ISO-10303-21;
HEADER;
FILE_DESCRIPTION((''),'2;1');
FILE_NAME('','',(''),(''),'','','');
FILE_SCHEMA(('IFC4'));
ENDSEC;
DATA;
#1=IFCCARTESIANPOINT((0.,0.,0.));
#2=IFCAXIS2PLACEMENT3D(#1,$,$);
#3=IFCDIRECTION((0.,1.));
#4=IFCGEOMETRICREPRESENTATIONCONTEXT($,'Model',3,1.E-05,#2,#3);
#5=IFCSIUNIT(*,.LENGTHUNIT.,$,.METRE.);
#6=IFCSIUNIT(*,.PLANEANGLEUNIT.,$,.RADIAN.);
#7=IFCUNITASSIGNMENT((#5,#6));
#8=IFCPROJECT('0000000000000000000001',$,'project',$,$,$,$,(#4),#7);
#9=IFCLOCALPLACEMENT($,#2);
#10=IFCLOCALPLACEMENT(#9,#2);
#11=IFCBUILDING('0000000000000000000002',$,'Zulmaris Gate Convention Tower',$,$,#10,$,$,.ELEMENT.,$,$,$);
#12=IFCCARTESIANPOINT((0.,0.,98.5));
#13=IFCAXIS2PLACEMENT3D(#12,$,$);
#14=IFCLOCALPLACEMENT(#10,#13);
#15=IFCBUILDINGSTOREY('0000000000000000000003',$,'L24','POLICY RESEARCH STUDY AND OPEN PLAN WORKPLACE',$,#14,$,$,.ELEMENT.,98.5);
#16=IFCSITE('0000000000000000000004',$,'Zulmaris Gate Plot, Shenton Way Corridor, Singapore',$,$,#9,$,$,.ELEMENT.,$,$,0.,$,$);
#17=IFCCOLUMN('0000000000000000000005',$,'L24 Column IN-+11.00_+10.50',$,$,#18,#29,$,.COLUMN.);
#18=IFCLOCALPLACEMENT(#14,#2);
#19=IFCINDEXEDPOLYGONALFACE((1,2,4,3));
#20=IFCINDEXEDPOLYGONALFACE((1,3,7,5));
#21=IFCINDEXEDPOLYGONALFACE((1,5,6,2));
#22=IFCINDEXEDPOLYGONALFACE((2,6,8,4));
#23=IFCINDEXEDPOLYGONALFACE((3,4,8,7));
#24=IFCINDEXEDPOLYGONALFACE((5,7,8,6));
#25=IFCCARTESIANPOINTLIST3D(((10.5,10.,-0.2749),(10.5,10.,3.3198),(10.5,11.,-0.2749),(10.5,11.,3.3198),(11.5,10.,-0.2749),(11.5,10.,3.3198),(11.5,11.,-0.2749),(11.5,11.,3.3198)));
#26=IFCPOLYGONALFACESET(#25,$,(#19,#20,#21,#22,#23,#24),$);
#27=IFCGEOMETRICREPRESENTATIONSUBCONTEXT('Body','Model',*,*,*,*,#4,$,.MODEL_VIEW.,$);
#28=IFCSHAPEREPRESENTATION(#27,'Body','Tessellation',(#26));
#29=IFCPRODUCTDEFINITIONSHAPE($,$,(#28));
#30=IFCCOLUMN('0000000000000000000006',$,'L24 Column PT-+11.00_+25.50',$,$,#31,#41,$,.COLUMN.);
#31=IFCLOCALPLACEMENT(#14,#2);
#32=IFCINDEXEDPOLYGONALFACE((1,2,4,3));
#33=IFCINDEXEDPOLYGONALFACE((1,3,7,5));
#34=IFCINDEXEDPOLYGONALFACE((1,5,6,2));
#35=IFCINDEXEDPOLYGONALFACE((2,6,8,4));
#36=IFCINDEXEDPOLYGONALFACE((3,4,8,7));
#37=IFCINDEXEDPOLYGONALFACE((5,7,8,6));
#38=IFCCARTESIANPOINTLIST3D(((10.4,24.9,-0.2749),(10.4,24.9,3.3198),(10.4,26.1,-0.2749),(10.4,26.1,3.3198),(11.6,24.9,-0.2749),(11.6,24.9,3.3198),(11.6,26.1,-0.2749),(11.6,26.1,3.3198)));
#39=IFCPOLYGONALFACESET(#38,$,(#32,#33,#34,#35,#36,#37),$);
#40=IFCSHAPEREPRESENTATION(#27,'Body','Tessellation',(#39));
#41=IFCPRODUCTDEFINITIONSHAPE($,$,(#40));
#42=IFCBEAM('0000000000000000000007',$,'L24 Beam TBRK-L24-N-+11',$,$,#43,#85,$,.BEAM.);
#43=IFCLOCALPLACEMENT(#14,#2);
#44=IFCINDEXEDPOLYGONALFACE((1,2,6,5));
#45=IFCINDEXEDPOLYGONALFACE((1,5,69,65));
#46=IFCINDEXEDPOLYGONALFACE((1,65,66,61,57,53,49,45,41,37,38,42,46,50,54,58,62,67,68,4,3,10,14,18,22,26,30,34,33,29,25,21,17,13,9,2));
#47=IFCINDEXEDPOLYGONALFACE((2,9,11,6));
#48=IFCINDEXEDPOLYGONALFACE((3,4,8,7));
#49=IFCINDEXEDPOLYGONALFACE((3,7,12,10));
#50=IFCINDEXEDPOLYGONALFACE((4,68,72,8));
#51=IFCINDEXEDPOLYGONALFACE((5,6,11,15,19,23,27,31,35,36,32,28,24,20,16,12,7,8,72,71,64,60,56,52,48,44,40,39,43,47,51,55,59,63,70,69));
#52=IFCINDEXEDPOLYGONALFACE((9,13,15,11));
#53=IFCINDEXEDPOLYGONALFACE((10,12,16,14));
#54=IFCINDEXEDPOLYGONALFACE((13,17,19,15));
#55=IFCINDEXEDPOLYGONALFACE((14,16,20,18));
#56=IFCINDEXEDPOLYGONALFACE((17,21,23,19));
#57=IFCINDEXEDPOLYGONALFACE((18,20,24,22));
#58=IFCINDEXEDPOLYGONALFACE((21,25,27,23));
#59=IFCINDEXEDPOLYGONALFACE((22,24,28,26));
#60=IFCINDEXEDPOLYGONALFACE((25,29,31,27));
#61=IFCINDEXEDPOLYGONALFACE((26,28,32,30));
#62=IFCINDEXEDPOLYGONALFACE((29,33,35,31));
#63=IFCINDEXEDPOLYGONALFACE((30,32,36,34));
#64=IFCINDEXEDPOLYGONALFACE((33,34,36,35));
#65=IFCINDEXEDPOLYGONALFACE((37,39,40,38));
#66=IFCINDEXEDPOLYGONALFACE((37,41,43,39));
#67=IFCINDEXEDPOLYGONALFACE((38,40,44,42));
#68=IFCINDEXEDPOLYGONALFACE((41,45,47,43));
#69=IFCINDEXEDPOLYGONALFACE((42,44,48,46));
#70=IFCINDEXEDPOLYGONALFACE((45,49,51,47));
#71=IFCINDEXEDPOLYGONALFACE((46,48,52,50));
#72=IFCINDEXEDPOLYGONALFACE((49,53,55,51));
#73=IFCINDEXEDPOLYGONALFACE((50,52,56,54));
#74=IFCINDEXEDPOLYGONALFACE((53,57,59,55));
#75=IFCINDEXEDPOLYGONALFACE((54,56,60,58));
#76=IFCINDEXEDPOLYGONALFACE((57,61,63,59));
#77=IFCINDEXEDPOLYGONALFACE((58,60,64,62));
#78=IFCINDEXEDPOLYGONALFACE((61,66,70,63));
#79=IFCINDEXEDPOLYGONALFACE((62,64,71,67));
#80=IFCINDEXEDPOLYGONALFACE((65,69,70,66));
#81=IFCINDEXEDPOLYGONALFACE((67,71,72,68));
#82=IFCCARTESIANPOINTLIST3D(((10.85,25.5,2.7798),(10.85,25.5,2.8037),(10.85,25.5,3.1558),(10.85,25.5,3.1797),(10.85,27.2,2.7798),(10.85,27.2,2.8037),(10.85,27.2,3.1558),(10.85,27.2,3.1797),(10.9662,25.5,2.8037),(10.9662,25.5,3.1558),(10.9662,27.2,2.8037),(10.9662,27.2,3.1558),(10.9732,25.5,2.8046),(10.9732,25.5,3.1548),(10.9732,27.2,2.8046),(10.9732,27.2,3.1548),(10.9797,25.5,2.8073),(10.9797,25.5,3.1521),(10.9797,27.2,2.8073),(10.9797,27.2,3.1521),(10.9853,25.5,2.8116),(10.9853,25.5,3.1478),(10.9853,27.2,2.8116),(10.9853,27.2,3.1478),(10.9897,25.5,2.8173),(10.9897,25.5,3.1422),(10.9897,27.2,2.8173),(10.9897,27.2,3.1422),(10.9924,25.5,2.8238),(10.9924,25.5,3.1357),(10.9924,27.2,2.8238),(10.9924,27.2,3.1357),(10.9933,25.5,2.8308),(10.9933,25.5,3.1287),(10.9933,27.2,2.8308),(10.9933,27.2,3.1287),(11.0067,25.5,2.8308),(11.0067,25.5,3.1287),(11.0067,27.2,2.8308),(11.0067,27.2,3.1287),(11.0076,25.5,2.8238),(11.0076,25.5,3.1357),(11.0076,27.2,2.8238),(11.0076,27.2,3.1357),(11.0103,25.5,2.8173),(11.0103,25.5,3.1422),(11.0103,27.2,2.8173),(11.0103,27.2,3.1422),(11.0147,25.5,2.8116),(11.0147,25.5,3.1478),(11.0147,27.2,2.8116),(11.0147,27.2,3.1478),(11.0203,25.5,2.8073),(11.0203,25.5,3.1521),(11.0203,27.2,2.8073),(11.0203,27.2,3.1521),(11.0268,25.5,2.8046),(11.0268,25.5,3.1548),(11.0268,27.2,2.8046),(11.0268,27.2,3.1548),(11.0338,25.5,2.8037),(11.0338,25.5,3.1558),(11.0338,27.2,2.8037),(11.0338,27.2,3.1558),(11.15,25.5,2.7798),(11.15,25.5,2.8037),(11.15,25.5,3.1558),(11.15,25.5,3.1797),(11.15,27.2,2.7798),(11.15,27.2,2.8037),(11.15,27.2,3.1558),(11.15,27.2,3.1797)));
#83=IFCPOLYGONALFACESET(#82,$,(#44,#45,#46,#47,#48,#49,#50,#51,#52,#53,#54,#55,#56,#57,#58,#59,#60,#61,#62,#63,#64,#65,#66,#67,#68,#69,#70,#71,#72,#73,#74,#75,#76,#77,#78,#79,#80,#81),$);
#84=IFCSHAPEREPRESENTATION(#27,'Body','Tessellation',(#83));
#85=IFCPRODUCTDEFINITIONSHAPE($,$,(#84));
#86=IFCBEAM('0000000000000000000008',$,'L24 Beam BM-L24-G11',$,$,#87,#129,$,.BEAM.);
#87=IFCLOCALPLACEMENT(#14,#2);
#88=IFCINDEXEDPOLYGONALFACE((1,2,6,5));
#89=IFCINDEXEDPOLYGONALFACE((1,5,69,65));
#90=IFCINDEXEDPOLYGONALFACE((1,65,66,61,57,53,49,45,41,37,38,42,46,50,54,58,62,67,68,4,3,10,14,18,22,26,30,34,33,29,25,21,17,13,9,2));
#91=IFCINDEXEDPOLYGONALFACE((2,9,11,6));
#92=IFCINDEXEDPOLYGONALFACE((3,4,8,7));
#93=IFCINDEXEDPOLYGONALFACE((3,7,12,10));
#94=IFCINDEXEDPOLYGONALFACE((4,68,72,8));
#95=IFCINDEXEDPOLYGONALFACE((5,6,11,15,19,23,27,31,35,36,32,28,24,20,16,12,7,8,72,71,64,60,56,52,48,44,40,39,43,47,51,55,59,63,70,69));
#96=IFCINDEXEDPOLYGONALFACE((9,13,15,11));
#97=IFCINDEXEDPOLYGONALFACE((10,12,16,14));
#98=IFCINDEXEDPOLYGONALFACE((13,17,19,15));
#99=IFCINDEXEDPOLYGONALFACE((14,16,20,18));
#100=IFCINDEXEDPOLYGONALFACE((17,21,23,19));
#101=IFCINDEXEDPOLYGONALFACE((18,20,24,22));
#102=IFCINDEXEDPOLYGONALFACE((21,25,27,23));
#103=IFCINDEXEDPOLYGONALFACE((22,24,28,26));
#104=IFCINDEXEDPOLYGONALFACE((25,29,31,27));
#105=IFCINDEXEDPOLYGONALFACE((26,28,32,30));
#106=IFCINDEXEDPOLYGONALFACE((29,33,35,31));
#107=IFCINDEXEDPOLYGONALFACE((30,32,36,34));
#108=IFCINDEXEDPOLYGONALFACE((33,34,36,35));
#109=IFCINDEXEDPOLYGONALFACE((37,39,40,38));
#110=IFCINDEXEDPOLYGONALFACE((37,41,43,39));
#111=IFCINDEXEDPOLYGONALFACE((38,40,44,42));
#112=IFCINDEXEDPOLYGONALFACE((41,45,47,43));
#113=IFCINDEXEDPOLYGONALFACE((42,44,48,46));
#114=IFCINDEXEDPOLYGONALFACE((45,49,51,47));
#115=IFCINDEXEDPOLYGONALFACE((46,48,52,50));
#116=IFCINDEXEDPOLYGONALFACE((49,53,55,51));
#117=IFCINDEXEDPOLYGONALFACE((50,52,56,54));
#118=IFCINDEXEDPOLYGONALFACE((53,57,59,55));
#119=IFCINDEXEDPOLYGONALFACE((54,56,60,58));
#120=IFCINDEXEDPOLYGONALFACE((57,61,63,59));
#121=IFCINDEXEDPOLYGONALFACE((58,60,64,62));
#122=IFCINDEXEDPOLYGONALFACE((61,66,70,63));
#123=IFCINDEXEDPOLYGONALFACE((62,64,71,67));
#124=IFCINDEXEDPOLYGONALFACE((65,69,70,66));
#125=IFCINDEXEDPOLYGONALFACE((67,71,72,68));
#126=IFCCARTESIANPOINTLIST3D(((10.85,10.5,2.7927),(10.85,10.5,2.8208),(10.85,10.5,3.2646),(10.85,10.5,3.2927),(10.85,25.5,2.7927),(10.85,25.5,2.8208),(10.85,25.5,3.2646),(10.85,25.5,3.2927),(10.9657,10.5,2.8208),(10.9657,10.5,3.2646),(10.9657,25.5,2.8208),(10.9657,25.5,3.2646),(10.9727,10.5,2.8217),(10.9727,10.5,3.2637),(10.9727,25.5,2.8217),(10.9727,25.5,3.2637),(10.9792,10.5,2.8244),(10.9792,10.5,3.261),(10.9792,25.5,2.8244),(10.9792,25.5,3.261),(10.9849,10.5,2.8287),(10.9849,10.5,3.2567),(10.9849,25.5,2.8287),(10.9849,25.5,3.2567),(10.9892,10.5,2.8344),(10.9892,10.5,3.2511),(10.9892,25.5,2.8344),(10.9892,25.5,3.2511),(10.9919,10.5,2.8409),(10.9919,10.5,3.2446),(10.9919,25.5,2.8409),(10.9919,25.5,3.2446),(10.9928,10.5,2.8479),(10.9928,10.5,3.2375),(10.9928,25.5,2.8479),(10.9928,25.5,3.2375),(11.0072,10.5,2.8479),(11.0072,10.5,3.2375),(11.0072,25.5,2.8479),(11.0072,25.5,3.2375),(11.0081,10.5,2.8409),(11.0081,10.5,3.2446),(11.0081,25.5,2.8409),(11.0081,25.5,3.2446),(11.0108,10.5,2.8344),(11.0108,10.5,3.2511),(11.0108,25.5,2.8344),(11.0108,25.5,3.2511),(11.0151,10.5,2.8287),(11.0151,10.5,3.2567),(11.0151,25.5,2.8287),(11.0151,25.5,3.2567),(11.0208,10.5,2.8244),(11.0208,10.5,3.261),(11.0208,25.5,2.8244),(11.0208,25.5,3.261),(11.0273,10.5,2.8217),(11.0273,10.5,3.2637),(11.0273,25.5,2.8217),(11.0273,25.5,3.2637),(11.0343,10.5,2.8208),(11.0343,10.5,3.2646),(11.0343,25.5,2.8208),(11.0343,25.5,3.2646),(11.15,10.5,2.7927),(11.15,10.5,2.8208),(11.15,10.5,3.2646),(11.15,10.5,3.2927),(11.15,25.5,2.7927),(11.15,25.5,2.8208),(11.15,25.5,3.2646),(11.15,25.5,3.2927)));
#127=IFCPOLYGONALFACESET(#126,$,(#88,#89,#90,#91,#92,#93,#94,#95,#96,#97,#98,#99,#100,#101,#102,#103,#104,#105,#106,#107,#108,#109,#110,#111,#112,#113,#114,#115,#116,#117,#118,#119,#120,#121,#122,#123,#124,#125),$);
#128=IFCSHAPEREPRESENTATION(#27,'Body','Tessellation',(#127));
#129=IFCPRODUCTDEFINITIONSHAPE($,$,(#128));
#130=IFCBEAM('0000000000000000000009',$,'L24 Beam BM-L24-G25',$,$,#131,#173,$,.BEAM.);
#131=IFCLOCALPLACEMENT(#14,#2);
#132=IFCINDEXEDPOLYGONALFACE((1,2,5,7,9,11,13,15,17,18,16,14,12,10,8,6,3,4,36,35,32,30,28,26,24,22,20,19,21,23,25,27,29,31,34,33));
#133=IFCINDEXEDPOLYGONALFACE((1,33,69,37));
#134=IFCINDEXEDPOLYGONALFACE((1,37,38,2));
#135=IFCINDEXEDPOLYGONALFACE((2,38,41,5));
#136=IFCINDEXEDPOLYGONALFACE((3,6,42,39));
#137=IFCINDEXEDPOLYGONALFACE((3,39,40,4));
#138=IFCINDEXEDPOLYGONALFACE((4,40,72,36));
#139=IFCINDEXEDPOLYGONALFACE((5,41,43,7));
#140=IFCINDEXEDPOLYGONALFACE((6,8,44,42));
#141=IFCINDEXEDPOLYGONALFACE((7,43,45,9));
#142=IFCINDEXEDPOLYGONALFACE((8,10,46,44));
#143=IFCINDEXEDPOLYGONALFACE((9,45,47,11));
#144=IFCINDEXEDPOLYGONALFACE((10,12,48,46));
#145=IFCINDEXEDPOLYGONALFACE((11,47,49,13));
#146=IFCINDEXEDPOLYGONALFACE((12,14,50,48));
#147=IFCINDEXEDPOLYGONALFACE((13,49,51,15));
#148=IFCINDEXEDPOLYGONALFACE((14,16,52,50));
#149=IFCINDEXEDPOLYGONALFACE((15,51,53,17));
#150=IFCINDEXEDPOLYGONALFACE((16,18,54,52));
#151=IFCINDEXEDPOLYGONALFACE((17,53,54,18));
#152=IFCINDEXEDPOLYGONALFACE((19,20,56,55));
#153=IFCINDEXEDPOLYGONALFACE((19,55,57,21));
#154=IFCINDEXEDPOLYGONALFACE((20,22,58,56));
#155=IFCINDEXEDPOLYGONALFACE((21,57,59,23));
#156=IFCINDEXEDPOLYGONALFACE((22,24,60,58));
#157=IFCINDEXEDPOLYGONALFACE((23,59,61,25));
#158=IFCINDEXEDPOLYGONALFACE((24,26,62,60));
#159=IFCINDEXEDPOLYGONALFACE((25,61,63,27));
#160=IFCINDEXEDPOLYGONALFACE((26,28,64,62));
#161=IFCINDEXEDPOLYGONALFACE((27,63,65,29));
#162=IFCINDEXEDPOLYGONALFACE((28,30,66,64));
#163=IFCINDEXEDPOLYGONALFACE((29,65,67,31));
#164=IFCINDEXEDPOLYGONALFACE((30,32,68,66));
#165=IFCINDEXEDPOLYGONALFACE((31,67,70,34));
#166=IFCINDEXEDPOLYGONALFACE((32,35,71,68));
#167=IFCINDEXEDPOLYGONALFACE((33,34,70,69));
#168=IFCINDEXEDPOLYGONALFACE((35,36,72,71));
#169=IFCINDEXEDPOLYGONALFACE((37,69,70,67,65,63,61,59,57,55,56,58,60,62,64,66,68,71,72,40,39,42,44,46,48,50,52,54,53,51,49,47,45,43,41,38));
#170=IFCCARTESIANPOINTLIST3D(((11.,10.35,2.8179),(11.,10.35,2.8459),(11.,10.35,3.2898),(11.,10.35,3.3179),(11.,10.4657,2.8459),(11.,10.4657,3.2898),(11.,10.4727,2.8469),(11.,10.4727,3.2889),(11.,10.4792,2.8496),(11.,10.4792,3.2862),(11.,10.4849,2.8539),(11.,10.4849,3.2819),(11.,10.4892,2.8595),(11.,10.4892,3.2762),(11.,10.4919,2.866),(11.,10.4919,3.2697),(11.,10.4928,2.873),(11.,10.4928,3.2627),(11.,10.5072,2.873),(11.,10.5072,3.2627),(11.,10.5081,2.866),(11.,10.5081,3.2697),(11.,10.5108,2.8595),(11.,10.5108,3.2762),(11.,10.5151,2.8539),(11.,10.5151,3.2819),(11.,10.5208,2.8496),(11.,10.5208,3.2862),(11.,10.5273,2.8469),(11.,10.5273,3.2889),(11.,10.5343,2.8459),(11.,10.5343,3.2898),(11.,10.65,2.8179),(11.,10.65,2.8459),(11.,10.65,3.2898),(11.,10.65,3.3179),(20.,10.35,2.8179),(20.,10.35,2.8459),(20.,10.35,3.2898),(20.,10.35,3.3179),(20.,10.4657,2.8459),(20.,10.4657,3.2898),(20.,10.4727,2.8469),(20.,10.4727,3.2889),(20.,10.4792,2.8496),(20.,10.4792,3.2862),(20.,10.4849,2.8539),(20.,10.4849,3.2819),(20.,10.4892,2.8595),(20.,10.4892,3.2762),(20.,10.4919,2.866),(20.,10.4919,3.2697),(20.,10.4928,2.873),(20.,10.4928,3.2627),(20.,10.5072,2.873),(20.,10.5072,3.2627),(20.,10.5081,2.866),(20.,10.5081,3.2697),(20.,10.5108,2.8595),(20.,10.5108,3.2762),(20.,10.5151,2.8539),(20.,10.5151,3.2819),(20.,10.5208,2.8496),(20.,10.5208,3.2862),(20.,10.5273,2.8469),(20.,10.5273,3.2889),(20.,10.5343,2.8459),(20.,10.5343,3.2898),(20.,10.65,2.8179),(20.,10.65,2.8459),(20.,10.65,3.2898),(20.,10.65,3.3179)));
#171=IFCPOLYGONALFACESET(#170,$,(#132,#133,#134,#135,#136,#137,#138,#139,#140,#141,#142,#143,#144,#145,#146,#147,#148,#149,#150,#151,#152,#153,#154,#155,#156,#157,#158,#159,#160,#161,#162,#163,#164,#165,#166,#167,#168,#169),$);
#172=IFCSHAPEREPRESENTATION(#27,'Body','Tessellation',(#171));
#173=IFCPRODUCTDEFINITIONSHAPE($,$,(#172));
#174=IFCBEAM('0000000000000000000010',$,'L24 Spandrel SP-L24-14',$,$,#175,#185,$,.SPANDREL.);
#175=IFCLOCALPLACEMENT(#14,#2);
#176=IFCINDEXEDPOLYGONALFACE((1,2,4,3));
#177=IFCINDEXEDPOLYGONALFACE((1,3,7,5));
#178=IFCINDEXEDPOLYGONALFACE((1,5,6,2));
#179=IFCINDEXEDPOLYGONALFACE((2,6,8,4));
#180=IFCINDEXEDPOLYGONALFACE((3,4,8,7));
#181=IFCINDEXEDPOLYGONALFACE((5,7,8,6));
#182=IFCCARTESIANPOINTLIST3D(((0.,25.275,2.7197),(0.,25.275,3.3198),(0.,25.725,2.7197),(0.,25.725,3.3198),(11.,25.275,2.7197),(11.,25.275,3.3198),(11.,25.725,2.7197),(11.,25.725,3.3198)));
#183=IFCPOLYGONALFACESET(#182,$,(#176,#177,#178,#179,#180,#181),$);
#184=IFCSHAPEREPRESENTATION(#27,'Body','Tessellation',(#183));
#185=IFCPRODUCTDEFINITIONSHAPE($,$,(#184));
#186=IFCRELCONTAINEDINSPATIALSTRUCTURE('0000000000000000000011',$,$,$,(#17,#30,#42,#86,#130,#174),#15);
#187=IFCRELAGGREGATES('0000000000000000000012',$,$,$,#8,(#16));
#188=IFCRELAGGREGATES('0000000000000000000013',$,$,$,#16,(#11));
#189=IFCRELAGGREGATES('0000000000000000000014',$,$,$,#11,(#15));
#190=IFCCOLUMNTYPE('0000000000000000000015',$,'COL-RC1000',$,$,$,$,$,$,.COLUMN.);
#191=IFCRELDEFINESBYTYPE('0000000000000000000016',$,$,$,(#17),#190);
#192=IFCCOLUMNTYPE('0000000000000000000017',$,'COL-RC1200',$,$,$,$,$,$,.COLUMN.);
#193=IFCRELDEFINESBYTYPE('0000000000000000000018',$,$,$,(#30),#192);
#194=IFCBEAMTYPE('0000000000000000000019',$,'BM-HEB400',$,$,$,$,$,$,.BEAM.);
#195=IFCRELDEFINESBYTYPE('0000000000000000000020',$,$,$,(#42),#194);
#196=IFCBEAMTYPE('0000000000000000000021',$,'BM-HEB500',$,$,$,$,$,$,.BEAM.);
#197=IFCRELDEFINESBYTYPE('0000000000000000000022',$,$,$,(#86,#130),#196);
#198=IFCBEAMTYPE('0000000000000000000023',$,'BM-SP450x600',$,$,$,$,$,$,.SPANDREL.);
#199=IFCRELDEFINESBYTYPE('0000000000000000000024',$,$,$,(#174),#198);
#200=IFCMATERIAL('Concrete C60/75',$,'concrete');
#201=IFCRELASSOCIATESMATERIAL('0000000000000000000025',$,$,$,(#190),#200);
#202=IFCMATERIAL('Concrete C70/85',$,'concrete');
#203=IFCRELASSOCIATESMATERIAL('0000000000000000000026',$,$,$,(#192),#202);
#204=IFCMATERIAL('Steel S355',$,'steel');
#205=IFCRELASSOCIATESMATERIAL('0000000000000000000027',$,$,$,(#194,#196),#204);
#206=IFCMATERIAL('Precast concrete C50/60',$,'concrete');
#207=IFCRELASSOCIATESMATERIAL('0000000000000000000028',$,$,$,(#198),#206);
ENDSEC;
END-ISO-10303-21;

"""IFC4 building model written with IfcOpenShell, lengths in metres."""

from ifc_helpers import new_model, si_unit, direction, frame, origin, origin_2d, place, context, subcontext, project, spatial, rectangle, i_section, extrude, material, material_profile, profile_set, type_object, element, save


model = new_model("IFC4")

# Units and contexts
model_context = context("Model", 3, precision=1e-05, world=origin(), true_north=direction((0.0, 1.0)))
body_context = subcontext(model_context, "Body", "Model", "MODEL_VIEW")
ifc_project = project(units=[si_unit("LENGTHUNIT", "METRE"), si_unit("PLANEANGLEUNIT", "RADIAN")], contexts=[model_context])

# Site, building, storey
site_placement = place(None, origin())
site = spatial("IfcSite", under=ifc_project, at=site_placement, Name="Zulmaris Gate Plot, Shenton Way Corridor, Singapore", CompositionType="ELEMENT", RefElevation=0.0)
building_placement = place(site_placement, origin())
building = spatial("IfcBuilding", under=site, at=building_placement, Name="Zulmaris Gate Convention Tower", CompositionType="ELEMENT")
storey_placement = place(building_placement, frame((0.0, 0.0, 98.5)))
storey = spatial("IfcBuildingStorey", under=building, at=storey_placement, Name="L24", Description="POLICY RESEARCH STUDY AND OPEN PLAN WORKPLACE", CompositionType="ELEMENT", Elevation=98.5)

# Columns
ifc_material_1 = material(Name="Concrete C60/75", Category="concrete")
ifc_material_profile_1 = material_profile(ifc_material_1, rectangle(XDim=1.0, YDim=1.0, at=origin_2d()), Name="RC COL 1000x1000")
ifc_profile_set_1 = profile_set([ifc_material_profile_1], Name="Concrete C60/75")
column_type_1 = type_object("IfcColumnType", Name="COL-RC1000", PredefinedType="COLUMN", material=ifc_profile_set_1)
column_1_placement = place(storey_placement, frame((11.0, 10.5, -0.2749), z_axis=(0.0, 0.0, 1.0), x_axis=(1.0, 0.0, 0.0)))
element("IfcColumn", 1, at=column_1_placement, inside=storey, type_object=column_type_1, Name="L24 Column IN-+11.00_+10.50", PredefinedType="COLUMN", context=body_context, shape_type="SweptSolid", body=[
    extrude(rectangle(XDim=1.0, YDim=1.0, at=origin_2d()), origin(), (0.0, 0.0, 1.0), 3.5947),
])
ifc_material_2 = material(Name="Concrete C70/85", Category="concrete")
ifc_material_profile_2 = material_profile(ifc_material_2, rectangle(XDim=1.2, YDim=1.2, at=origin_2d()), Name="RC COL 1200x1200")
ifc_profile_set_2 = profile_set([ifc_material_profile_2], Name="Concrete C70/85")
column_type_2 = type_object("IfcColumnType", Name="COL-RC1200", PredefinedType="COLUMN", material=ifc_profile_set_2)
column_2_placement = place(storey_placement, frame((11.0, 25.5, -0.2749), z_axis=(0.0, 0.0, 1.0), x_axis=(1.0, 0.0, 0.0)))
element("IfcColumn", 2, at=column_2_placement, inside=storey, type_object=column_type_2, Name="L24 Column PT-+11.00_+25.50", PredefinedType="COLUMN", context=body_context, shape_type="SweptSolid", body=[
    extrude(rectangle(XDim=1.2, YDim=1.2, at=origin_2d()), origin(), (0.0, 0.0, 1.0), 3.5947),
])

# Beams
ifc_material_3 = material(Name="Steel S355", Category="steel")
ifc_material_profile_3 = material_profile(ifc_material_3, i_section(OverallWidth=0.3, OverallDepth=0.3999, WebThickness=0.0134, FlangeThickness=0.0239, FilletRadius=0.0271, at=origin_2d()), Name="HEB 400")
ifc_profile_set_3 = profile_set([ifc_material_profile_3], Name="Steel S355")
beam_type_1 = type_object("IfcBeamType", Name="BM-HEB400", PredefinedType="BEAM", material=ifc_profile_set_3)
beam_1_placement = place(storey_placement, frame((11.0, 25.5, 2.9797), z_axis=(0.0, 1.0, 0.0), x_axis=(-1.0, 0.0, 0.0)))
element("IfcBeam", 3, at=beam_1_placement, inside=storey, type_object=beam_type_1, Name="L24 Beam TBRK-L24-N-+11", PredefinedType="BEAM", context=body_context, shape_type="SweptSolid", body=[
    extrude(i_section(OverallWidth=0.3, OverallDepth=0.3999, WebThickness=0.0134, FlangeThickness=0.0239, FilletRadius=0.0271, at=origin_2d()), origin(), (0.0, 0.0, 1.0), 1.7),
])
ifc_material_profile_4 = material_profile(ifc_material_3, i_section(OverallWidth=0.3, OverallDepth=0.5, WebThickness=0.0144, FlangeThickness=0.0281, FilletRadius=0.0271, at=origin_2d()), Name="HEB 500")
ifc_profile_set_4 = profile_set([ifc_material_profile_4], Name="Steel S355")
beam_type_2 = type_object("IfcBeamType", Name="BM-HEB500", PredefinedType="BEAM", material=ifc_profile_set_4)
beam_2_placement = place(storey_placement, frame((11.0, 10.5, 3.0427), z_axis=(0.0, 1.0, 0.0), x_axis=(-1.0, 0.0, 0.0)))
element("IfcBeam", 4, at=beam_2_placement, inside=storey, type_object=beam_type_2, Name="L24 Beam BM-L24-G11", PredefinedType="BEAM", context=body_context, shape_type="SweptSolid", body=[
    extrude(i_section(OverallWidth=0.3, OverallDepth=0.5, WebThickness=0.0144, FlangeThickness=0.0281, FilletRadius=0.0271, at=origin_2d()), origin(), (0.0, 0.0, 1.0), 15.0),
])
beam_3_placement = place(storey_placement, frame((11.0, 10.5, 3.0679), z_axis=(1.0, 0.0, 0.0), x_axis=(0.0, 1.0, 0.0)))
element("IfcBeam", 5, at=beam_3_placement, inside=storey, type_object=beam_type_2, Name="L24 Beam BM-L24-G25", PredefinedType="BEAM", context=body_context, shape_type="SweptSolid", body=[
    extrude(i_section(OverallWidth=0.3, OverallDepth=0.5, WebThickness=0.0144, FlangeThickness=0.0281, FilletRadius=0.0271, at=origin_2d()), origin(), (0.0, 0.0, 1.0), 9.0),
])
ifc_material_4 = material(Name="Precast concrete C50/60", Category="concrete")
ifc_material_profile_5 = material_profile(ifc_material_4, rectangle(XDim=0.45, YDim=0.6001, at=origin_2d()), Name="RC SPANDREL 450x600")
ifc_profile_set_5 = profile_set([ifc_material_profile_5], Name="Precast concrete C50/60")
beam_type_3 = type_object("IfcBeamType", Name="BM-SP450x600", PredefinedType="SPANDREL", material=ifc_profile_set_5)
beam_4_placement = place(storey_placement, frame((11.0, 25.5, 3.0198), z_axis=(-1.0, 0.0, 0.0), x_axis=(0.0, -1.0, 0.0)))
element("IfcBeam", 6, at=beam_4_placement, inside=storey, type_object=beam_type_3, Name="L24 Spandrel SP-L24-14", PredefinedType="SPANDREL", context=body_context, shape_type="SweptSolid", body=[
    extrude(rectangle(XDim=0.45, YDim=0.6001, at=origin_2d()), origin(), (0.0, 0.0, 1.0), 11.0),
])

save(model, "model.ifc")
